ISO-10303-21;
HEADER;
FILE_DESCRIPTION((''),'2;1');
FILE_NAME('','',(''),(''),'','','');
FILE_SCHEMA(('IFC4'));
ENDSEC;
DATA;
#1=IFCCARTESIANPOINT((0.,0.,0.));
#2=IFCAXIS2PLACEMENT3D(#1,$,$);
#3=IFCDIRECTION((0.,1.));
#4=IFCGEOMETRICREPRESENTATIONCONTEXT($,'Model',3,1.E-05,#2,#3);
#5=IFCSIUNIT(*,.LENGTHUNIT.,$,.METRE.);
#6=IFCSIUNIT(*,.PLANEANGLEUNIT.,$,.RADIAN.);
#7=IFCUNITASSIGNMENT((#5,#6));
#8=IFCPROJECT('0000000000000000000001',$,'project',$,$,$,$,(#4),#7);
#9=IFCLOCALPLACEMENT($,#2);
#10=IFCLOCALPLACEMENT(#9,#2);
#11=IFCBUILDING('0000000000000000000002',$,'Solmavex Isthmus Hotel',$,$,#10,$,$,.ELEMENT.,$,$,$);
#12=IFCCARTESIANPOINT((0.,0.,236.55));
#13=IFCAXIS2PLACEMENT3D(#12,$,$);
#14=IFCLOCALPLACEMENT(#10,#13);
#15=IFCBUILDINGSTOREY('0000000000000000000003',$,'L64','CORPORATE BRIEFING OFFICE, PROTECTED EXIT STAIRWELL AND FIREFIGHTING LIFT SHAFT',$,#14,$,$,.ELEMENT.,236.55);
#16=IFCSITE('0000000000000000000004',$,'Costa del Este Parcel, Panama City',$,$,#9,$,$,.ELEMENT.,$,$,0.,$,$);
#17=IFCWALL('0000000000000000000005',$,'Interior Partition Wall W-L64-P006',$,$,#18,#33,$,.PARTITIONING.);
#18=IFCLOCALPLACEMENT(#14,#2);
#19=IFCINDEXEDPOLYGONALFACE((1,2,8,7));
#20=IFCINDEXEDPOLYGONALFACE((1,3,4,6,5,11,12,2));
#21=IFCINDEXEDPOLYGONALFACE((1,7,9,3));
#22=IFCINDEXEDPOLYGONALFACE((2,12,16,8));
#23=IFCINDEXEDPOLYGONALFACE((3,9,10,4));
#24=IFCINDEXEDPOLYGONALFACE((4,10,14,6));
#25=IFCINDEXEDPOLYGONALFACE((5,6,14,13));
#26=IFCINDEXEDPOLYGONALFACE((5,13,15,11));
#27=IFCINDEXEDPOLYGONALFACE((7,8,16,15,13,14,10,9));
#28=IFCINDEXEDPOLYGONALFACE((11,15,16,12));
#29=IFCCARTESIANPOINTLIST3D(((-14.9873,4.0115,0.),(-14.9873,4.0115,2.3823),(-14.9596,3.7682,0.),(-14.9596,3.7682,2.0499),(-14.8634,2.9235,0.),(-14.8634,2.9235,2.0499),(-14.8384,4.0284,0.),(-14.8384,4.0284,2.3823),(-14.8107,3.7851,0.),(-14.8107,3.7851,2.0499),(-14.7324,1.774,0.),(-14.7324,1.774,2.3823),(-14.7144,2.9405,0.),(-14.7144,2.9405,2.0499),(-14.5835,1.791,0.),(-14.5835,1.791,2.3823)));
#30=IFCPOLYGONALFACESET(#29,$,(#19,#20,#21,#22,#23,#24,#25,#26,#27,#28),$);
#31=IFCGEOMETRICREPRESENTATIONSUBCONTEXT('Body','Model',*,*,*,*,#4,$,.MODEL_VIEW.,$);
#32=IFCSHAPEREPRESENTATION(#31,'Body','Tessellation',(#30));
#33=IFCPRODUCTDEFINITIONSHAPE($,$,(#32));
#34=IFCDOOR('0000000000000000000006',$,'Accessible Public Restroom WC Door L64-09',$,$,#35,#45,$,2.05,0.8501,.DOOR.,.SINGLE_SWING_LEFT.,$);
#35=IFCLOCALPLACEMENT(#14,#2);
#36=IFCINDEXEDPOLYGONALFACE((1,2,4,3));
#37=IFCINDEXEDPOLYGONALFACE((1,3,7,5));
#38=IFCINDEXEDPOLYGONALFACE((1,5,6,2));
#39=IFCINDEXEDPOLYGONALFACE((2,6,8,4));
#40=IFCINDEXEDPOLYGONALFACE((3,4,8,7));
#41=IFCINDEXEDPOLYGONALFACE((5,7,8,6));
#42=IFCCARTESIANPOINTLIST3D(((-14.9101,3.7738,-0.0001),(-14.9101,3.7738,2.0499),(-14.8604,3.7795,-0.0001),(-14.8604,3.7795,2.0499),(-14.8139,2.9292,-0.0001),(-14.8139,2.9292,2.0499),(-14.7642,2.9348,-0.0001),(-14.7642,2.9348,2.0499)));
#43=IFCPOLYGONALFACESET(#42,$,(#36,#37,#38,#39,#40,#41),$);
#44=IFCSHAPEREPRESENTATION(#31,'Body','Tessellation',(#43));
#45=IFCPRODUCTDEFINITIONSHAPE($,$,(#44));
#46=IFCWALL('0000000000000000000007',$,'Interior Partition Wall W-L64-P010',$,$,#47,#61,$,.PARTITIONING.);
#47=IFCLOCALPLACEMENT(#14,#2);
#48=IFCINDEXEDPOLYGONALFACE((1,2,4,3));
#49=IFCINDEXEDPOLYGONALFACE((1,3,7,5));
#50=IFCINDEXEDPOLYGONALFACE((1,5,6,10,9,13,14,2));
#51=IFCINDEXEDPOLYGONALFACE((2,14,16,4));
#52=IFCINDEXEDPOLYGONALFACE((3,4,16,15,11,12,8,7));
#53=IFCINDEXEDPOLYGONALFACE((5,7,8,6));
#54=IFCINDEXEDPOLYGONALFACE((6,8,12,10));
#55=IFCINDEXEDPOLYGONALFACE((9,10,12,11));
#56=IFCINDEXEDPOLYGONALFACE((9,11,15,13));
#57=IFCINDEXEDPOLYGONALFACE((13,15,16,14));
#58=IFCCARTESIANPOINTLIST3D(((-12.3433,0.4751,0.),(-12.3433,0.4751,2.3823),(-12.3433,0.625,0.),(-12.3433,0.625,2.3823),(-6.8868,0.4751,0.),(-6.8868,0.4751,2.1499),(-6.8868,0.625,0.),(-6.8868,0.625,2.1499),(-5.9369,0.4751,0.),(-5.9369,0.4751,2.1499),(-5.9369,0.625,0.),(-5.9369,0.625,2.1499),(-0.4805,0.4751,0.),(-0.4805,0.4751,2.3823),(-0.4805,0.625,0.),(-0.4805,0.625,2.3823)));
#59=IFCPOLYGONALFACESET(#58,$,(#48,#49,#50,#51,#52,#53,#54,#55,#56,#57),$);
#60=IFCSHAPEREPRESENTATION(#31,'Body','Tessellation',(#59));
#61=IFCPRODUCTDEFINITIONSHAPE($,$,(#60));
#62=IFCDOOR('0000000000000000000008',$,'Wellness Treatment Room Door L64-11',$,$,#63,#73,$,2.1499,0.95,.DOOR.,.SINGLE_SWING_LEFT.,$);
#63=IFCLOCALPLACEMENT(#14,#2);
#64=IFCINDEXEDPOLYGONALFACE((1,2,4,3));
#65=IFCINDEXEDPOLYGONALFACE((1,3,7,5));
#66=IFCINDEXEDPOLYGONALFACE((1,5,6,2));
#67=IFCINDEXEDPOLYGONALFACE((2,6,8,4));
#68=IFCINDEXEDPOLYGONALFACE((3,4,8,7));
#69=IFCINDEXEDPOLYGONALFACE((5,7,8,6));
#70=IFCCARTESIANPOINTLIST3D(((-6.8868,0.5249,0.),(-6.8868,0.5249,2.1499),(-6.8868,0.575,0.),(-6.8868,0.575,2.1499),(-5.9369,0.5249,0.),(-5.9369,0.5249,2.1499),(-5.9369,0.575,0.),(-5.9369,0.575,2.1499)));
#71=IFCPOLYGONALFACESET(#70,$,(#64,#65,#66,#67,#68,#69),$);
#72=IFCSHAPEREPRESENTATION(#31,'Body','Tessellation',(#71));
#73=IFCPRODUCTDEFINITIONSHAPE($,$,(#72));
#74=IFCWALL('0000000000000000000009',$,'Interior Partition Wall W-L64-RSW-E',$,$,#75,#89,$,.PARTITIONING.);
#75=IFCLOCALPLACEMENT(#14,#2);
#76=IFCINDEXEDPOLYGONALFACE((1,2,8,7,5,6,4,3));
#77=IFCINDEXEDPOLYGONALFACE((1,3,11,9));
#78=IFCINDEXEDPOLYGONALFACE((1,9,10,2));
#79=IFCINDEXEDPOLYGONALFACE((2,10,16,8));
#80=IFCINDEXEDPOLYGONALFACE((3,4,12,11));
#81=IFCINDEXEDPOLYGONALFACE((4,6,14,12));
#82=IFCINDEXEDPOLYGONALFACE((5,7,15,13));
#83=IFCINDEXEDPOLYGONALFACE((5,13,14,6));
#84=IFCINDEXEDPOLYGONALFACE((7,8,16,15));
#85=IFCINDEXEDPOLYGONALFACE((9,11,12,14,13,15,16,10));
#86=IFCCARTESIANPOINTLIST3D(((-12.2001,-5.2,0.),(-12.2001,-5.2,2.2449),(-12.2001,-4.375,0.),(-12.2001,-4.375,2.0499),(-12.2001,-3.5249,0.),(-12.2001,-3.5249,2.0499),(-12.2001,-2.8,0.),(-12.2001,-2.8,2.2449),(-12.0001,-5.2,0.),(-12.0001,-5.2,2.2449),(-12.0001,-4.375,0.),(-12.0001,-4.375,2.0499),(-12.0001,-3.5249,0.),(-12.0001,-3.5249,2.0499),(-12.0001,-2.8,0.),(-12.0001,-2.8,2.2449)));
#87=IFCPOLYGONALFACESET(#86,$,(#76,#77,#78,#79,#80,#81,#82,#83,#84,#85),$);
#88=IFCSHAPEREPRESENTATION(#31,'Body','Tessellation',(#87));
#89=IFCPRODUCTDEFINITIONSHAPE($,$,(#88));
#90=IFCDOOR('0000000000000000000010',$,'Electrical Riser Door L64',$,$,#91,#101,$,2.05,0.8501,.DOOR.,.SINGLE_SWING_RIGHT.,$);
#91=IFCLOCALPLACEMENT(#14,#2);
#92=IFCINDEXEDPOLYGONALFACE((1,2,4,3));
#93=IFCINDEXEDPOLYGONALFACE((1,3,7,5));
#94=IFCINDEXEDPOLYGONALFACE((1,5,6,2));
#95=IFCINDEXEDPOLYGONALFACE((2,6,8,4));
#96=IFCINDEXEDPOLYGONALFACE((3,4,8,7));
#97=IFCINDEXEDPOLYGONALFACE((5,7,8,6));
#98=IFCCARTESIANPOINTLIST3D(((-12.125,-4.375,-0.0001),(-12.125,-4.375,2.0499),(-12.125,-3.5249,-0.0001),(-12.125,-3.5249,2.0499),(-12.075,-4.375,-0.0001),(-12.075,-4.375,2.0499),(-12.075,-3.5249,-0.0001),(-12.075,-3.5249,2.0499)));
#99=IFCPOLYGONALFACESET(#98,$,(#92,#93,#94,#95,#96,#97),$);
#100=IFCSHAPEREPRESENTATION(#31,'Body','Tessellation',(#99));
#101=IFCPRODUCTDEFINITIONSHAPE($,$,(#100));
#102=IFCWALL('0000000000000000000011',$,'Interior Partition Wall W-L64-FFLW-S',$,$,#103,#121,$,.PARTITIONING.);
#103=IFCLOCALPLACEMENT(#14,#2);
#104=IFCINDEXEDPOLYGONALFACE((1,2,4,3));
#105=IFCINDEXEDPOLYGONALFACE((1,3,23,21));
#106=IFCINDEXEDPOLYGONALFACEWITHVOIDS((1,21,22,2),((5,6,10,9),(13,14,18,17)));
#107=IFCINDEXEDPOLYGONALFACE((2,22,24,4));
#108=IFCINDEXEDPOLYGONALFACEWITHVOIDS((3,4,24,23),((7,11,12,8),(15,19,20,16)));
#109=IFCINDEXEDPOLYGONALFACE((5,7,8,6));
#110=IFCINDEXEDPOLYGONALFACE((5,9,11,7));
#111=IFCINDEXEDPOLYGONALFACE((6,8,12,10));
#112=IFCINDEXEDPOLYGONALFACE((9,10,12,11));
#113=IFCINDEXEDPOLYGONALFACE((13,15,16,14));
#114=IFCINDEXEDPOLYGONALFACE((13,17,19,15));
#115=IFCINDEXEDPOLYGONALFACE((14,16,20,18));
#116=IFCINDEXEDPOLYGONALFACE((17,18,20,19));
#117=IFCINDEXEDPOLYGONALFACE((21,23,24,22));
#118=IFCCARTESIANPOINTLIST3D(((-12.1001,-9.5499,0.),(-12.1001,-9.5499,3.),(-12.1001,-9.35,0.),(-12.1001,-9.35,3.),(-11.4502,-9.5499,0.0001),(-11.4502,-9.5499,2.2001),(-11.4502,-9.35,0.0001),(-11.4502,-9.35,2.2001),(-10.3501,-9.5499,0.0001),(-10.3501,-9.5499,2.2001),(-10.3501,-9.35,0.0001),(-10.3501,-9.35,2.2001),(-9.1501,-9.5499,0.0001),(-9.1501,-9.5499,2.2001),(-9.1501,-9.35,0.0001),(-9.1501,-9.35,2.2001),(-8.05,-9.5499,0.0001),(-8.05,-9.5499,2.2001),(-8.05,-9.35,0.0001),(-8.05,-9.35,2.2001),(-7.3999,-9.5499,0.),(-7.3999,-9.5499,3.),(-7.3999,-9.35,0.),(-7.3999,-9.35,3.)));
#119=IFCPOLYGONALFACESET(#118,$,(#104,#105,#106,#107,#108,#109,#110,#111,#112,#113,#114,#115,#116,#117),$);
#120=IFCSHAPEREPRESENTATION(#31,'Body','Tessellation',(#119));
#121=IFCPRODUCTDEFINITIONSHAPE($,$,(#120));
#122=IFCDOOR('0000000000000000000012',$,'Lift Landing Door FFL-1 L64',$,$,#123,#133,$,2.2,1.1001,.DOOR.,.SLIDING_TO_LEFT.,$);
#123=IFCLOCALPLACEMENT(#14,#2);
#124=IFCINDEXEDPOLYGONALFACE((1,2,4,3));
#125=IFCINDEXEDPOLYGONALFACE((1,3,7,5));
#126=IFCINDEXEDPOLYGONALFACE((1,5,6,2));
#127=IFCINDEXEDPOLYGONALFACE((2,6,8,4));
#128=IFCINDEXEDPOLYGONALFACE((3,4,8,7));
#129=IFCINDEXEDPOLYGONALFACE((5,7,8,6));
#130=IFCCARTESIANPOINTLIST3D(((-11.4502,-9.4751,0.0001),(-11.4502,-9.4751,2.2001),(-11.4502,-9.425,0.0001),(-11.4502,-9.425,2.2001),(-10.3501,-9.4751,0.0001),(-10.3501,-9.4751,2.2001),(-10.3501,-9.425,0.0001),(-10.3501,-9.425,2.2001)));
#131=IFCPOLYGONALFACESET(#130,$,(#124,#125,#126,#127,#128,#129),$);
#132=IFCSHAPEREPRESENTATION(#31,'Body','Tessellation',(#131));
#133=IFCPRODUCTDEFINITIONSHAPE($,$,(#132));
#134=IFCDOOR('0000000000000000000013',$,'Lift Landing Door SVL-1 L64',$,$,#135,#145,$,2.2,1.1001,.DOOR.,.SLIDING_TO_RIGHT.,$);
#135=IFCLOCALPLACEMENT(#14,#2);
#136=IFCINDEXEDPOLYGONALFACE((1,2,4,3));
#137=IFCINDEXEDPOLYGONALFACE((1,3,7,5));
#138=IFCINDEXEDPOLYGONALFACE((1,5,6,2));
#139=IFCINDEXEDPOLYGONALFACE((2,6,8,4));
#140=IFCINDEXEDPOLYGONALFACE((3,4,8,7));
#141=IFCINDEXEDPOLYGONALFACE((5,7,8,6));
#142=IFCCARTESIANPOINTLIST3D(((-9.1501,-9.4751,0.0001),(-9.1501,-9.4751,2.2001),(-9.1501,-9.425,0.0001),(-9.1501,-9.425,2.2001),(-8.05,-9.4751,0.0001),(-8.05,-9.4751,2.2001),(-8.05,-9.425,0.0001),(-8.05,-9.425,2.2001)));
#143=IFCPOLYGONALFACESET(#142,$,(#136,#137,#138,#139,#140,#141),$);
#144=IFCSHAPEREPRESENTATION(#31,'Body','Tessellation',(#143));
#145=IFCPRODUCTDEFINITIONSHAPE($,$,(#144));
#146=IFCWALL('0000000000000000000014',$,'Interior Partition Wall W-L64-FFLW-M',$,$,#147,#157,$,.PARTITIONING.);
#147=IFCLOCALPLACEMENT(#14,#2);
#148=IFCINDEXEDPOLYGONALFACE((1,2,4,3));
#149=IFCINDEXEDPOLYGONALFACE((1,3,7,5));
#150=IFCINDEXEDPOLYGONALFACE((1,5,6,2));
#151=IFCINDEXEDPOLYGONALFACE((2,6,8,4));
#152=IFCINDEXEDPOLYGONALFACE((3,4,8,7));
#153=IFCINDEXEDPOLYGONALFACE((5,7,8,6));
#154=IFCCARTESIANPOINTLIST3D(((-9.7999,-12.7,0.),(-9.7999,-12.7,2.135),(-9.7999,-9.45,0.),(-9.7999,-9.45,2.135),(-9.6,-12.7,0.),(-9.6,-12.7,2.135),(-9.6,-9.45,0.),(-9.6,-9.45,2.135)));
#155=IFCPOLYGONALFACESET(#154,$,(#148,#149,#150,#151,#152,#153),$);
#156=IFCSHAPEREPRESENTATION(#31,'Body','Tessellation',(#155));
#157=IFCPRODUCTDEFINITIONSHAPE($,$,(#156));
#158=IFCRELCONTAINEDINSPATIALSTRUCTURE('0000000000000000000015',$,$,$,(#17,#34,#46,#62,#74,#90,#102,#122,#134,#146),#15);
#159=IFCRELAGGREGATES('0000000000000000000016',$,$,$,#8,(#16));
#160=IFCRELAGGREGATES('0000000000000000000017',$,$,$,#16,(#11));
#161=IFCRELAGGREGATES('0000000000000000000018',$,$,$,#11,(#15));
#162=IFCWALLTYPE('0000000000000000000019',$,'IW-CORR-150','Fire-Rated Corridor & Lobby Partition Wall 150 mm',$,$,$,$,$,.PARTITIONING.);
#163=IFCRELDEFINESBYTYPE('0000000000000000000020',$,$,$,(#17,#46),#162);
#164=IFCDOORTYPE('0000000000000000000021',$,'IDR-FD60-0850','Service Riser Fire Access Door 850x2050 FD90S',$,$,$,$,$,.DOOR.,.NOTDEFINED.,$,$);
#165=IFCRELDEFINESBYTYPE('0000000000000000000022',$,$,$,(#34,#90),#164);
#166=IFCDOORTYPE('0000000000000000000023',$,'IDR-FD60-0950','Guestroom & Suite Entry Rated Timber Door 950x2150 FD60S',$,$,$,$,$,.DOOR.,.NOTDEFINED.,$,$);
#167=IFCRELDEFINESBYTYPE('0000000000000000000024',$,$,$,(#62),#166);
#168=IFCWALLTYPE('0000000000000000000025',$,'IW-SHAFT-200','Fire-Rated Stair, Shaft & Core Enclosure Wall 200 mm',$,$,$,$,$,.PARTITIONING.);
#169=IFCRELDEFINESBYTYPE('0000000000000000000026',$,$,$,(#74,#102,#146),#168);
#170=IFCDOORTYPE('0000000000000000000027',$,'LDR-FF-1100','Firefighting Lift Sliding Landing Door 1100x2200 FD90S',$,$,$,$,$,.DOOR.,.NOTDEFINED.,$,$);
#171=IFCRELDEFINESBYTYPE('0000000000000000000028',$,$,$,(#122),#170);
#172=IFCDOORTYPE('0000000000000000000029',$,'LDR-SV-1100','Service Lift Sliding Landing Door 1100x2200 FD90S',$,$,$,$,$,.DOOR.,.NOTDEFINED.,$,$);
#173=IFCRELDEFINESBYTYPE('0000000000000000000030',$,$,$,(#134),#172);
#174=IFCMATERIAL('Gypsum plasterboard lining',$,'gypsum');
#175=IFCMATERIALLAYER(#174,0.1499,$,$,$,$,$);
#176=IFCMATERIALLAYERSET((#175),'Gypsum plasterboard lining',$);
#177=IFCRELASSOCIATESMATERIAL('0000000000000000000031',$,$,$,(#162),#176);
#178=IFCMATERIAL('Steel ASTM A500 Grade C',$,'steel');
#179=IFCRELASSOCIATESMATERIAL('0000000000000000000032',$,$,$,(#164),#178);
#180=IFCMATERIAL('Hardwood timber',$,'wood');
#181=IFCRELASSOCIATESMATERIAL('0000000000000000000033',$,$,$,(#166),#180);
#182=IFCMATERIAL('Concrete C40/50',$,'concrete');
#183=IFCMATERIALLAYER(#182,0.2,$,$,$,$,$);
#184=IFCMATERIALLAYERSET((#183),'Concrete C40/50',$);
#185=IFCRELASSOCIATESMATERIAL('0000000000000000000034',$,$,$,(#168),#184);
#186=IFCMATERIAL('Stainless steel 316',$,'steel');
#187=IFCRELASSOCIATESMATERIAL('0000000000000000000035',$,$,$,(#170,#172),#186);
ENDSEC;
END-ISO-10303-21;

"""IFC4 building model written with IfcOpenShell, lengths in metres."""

from ifc_helpers import new_model, si_unit, direction, frame, frame_2d, origin, place, context, subcontext, project, spatial, rectangle, extrude, material, layer, layer_set, type_object, element, fill, save


model = new_model("IFC4")

# Units and contexts
model_context = context("Model", 3, precision=1e-05, world=origin(), true_north=direction((0.0, 1.0)))
body_context = subcontext(model_context, "Body", "Model", "MODEL_VIEW")
ifc_project = project(units=[si_unit("LENGTHUNIT", "METRE"), si_unit("PLANEANGLEUNIT", "RADIAN")], contexts=[model_context])

# Site, building, storey
site_placement = place(None, origin())
site = spatial("IfcSite", under=ifc_project, at=site_placement, Name="Costa del Este Parcel, Panama City", CompositionType="ELEMENT", RefElevation=0.0)
building_placement = place(site_placement, origin())
building = spatial("IfcBuilding", under=site, at=building_placement, Name="Solmavex Isthmus Hotel", CompositionType="ELEMENT")
storey_placement = place(building_placement, frame((0.0, 0.0, 236.55)))
storey = spatial("IfcBuildingStorey", under=building, at=storey_placement, Name="L64", Description="CORPORATE BRIEFING OFFICE, PROTECTED EXIT STAIRWELL AND FIREFIGHTING LIFT SHAFT", CompositionType="ELEMENT", Elevation=236.55)

# Walls, openings, doors
ifc_material_1 = material(Name="Gypsum plasterboard lining", Category="gypsum")
ifc_layer_1 = layer(ifc_material_1, 0.1499)
ifc_layer_set_1 = layer_set([ifc_layer_1], Name="Gypsum plasterboard lining")
wall_type_1 = type_object("IfcWallType", Name="IW-CORR-150", Description="Fire-Rated Corridor & Lobby Partition Wall 150 mm", PredefinedType="PARTITIONING", material=ifc_layer_set_1)
wall_1_placement = place(storey_placement, frame((-14.658, 1.7825, 0.0), z_axis=(0.0, 0.0, 1.0), x_axis=(-0.11318, 0.993575, 0.0)))
wall_1 = element("IfcWall", 1, at=wall_1_placement, inside=storey, type_object=wall_type_1, Name="Interior Partition Wall W-L64-P006", PredefinedType="PARTITIONING", context=body_context, shape_type="SweptSolid", body=[
    extrude(rectangle(XDim=2.252, YDim=0.1499, at=frame_2d((1.126, 0.0))), origin(), (0.0, 0.0, 1.0), 2.3823),
])
opening_1_placement = place(wall_1_placement, frame((1.157, 0.0, 0.0)))
opening_1 = element("IfcOpeningElement", 2, at=opening_1_placement, cuts=wall_1, PredefinedType="OPENING", context=body_context, shape_type="SweptSolid", body=[
    extrude(rectangle(XDim=0.8501, YDim=2.05, at=frame_2d((0.425, 1.0249))), frame((0.0, 0.085, 0.0), z_axis=(0.0, -1.0, 0.0), x_axis=(1.0, 0.0, 0.0)), (0.0, 0.0, 1.0), 0.1699),
])
ifc_material_2 = material(Name="Steel ASTM A500 Grade C", Category="steel")
door_type_1 = type_object("IfcDoorType", Name="IDR-FD60-0850", Description="Service Riser Fire Access Door 850x2050 FD90S", OperationType="NOTDEFINED", PredefinedType="DOOR", material=ifc_material_2)
door_1_placement = place(opening_1_placement, frame((0.8501, 0.0, 0.0), z_axis=(0.0, 0.0, 1.0), x_axis=(-1.0, 0.0, 0.0)))
door_1 = element("IfcDoor", 3, at=door_1_placement, inside=storey, type_object=door_type_1, Name="Accessible Public Restroom WC Door L64-09", OperationType="SINGLE_SWING_LEFT", OverallHeight=2.05, OverallWidth=0.8501, PredefinedType="DOOR", context=body_context, shape_type="SweptSolid", body=[
    extrude(rectangle(XDim=0.8501, YDim=2.05, at=frame_2d((0.425, 1.0249))), frame((0.0, 0.0249, 0.0), z_axis=(0.0, -1.0, 0.0), x_axis=(1.0, 0.0, 0.0)), (0.0, 0.0, 1.0), 0.05),
])
fill(opening_1, door_1)
wall_2_placement = place(storey_placement, frame((-12.3433, 0.55, 0.0), z_axis=(0.0, 0.0, 1.0), x_axis=(1.0, 0.0, 0.0)))
wall_2 = element("IfcWall", 4, at=wall_2_placement, inside=storey, type_object=wall_type_1, Name="Interior Partition Wall W-L64-P010", PredefinedType="PARTITIONING", context=body_context, shape_type="SweptSolid", body=[
    extrude(rectangle(XDim=11.8628, YDim=0.1499, at=frame_2d((5.9314, 0.0))), origin(), (0.0, 0.0, 1.0), 2.3823),
])
opening_2_placement = place(wall_2_placement, frame((5.4563, 0.0, 0.0)))
opening_2 = element("IfcOpeningElement", 5, at=opening_2_placement, cuts=wall_2, PredefinedType="OPENING", context=body_context, shape_type="SweptSolid", body=[
    extrude(rectangle(XDim=0.95, YDim=2.1499, at=frame_2d((0.4751, 1.075))), frame((0.0, 0.085, 0.0), z_axis=(0.0, -1.0, 0.0), x_axis=(1.0, 0.0, 0.0)), (0.0, 0.0, 1.0), 0.1699),
])
ifc_material_3 = material(Name="Hardwood timber", Category="wood")
door_type_2 = type_object("IfcDoorType", Name="IDR-FD60-0950", Description="Guestroom & Suite Entry Rated Timber Door 950x2150 FD60S", OperationType="NOTDEFINED", PredefinedType="DOOR", material=ifc_material_3)
door_2_placement = place(opening_2_placement, origin())
door_2 = element("IfcDoor", 6, at=door_2_placement, inside=storey, type_object=door_type_2, Name="Wellness Treatment Room Door L64-11", OperationType="SINGLE_SWING_LEFT", OverallHeight=2.1499, OverallWidth=0.95, PredefinedType="DOOR", context=body_context, shape_type="SweptSolid", body=[
    extrude(rectangle(XDim=0.95, YDim=2.1499, at=frame_2d((0.4751, 1.075))), frame((0.0, 0.0249, 0.0), z_axis=(0.0, -1.0, 0.0), x_axis=(1.0, 0.0, 0.0)), (0.0, 0.0, 1.0), 0.05),
])
fill(opening_2, door_2)
ifc_material_4 = material(Name="Concrete C40/50", Category="concrete")
ifc_layer_2 = layer(ifc_material_4, 0.2)
ifc_layer_set_2 = layer_set([ifc_layer_2], Name="Concrete C40/50")
wall_type_2 = type_object("IfcWallType", Name="IW-SHAFT-200", Description="Fire-Rated Stair, Shaft & Core Enclosure Wall 200 mm", PredefinedType="PARTITIONING", material=ifc_layer_set_2)
wall_3_placement = place(storey_placement, frame((-12.1001, -5.2, 0.0), z_axis=(0.0, 0.0, 1.0), x_axis=(0.0, 1.0, 0.0)))
wall_3 = element("IfcWall", 7, at=wall_3_placement, inside=storey, type_object=wall_type_2, Name="Interior Partition Wall W-L64-RSW-E", PredefinedType="PARTITIONING", context=body_context, shape_type="SweptSolid", body=[
    extrude(rectangle(XDim=2.3999, YDim=0.2, at=frame_2d((1.2, 0.0))), origin(), (0.0, 0.0, 1.0), 2.2449),
])
opening_3_placement = place(wall_3_placement, frame((0.825, 0.0, 0.0)))
opening_3 = element("IfcOpeningElement", 8, at=opening_3_placement, cuts=wall_3, PredefinedType="OPENING", context=body_context, shape_type="SweptSolid", body=[
    extrude(rectangle(XDim=0.8501, YDim=2.05, at=frame_2d((0.425, 1.0249))), frame((0.0, 0.1099, 0.0), z_axis=(0.0, -1.0, 0.0), x_axis=(1.0, 0.0, 0.0)), (0.0, 0.0, 1.0), 0.22),
])
door_3_placement = place(opening_3_placement, origin())
door_3 = element("IfcDoor", 9, at=door_3_placement, inside=storey, type_object=door_type_1, Name="Electrical Riser Door L64", OperationType="SINGLE_SWING_RIGHT", OverallHeight=2.05, OverallWidth=0.8501, PredefinedType="DOOR", context=body_context, shape_type="SweptSolid", body=[
    extrude(rectangle(XDim=0.8501, YDim=2.05, at=frame_2d((0.425, 1.0249))), frame((0.0, 0.0249, 0.0), z_axis=(0.0, -1.0, 0.0), x_axis=(1.0, 0.0, 0.0)), (0.0, 0.0, 1.0), 0.05),
])
fill(opening_3, door_3)

# Wall, openings, doors
wall_4_placement = place(storey_placement, frame((-12.1001, -9.45, 0.0), z_axis=(0.0, 0.0, 1.0), x_axis=(1.0, 0.0, 0.0)))
wall_4 = element("IfcWall", 10, at=wall_4_placement, inside=storey, type_object=wall_type_2, Name="Interior Partition Wall W-L64-FFLW-S", PredefinedType="PARTITIONING", context=body_context, shape_type="SweptSolid", body=[
    extrude(rectangle(XDim=4.7002, YDim=0.2, at=frame_2d((2.3501, 0.0))), origin(), (0.0, 0.0, 1.0), 3.0),
])
opening_4_placement = place(wall_4_placement, frame((0.6499, 0.0, 0.0)))
opening_4 = element("IfcOpeningElement", 11, at=opening_4_placement, cuts=wall_4, PredefinedType="OPENING", context=body_context, shape_type="SweptSolid", body=[
    extrude(rectangle(XDim=1.1001, YDim=2.2, at=frame_2d((0.55, 1.1001))), frame((0.0, 0.1099, 0.0), z_axis=(0.0, -1.0, 0.0), x_axis=(1.0, 0.0, 0.0)), (0.0, 0.0, 1.0), 0.22),
])
opening_5_placement = place(wall_4_placement, frame((2.95, 0.0, 0.0)))
opening_5 = element("IfcOpeningElement", 12, at=opening_5_placement, cuts=wall_4, PredefinedType="OPENING", context=body_context, shape_type="SweptSolid", body=[
    extrude(rectangle(XDim=1.1001, YDim=2.2, at=frame_2d((0.55, 1.1001))), frame((0.0, 0.1099, 0.0), z_axis=(0.0, -1.0, 0.0), x_axis=(1.0, 0.0, 0.0)), (0.0, 0.0, 1.0), 0.22),
])
ifc_material_5 = material(Name="Stainless steel 316", Category="steel")
door_type_3 = type_object("IfcDoorType", Name="LDR-FF-1100", Description="Firefighting Lift Sliding Landing Door 1100x2200 FD90S", OperationType="NOTDEFINED", PredefinedType="DOOR", material=ifc_material_5)
door_4_placement = place(opening_4_placement, origin())
door_4 = element("IfcDoor", 13, at=door_4_placement, inside=storey, type_object=door_type_3, Name="Lift Landing Door FFL-1 L64", OperationType="SLIDING_TO_LEFT", OverallHeight=2.2, OverallWidth=1.1001, PredefinedType="DOOR", context=body_context, shape_type="SweptSolid", body=[
    extrude(rectangle(XDim=1.1001, YDim=2.2, at=frame_2d((0.55, 1.1001))), frame((0.0, 0.0249, 0.0), z_axis=(0.0, -1.0, 0.0), x_axis=(1.0, 0.0, 0.0)), (0.0, 0.0, 1.0), 0.05),
])
fill(opening_4, door_4)
door_type_4 = type_object("IfcDoorType", Name="LDR-SV-1100", Description="Service Lift Sliding Landing Door 1100x2200 FD90S", OperationType="NOTDEFINED", PredefinedType="DOOR", material=ifc_material_5)
door_5_placement = place(opening_5_placement, origin())
door_5 = element("IfcDoor", 14, at=door_5_placement, inside=storey, type_object=door_type_4, Name="Lift Landing Door SVL-1 L64", OperationType="SLIDING_TO_RIGHT", OverallHeight=2.2, OverallWidth=1.1001, PredefinedType="DOOR", context=body_context, shape_type="SweptSolid", body=[
    extrude(rectangle(XDim=1.1001, YDim=2.2, at=frame_2d((0.55, 1.1001))), frame((0.0, 0.0249, 0.0), z_axis=(0.0, -1.0, 0.0), x_axis=(1.0, 0.0, 0.0)), (0.0, 0.0, 1.0), 0.05),
])
fill(opening_5, door_5)

# Wall
wall_5_placement = place(storey_placement, frame((-9.7, -12.7, 0.0), z_axis=(0.0, 0.0, 1.0), x_axis=(0.0, 1.0, 0.0)))
element("IfcWall", 15, at=wall_5_placement, inside=storey, type_object=wall_type_2, Name="Interior Partition Wall W-L64-FFLW-M", PredefinedType="PARTITIONING", context=body_context, shape_type="SweptSolid", body=[
    extrude(rectangle(XDim=3.25, YDim=0.2, at=frame_2d((1.625, 0.0))), origin(), (0.0, 0.0, 1.0), 2.135),
])

save(model, "model.ifc")
